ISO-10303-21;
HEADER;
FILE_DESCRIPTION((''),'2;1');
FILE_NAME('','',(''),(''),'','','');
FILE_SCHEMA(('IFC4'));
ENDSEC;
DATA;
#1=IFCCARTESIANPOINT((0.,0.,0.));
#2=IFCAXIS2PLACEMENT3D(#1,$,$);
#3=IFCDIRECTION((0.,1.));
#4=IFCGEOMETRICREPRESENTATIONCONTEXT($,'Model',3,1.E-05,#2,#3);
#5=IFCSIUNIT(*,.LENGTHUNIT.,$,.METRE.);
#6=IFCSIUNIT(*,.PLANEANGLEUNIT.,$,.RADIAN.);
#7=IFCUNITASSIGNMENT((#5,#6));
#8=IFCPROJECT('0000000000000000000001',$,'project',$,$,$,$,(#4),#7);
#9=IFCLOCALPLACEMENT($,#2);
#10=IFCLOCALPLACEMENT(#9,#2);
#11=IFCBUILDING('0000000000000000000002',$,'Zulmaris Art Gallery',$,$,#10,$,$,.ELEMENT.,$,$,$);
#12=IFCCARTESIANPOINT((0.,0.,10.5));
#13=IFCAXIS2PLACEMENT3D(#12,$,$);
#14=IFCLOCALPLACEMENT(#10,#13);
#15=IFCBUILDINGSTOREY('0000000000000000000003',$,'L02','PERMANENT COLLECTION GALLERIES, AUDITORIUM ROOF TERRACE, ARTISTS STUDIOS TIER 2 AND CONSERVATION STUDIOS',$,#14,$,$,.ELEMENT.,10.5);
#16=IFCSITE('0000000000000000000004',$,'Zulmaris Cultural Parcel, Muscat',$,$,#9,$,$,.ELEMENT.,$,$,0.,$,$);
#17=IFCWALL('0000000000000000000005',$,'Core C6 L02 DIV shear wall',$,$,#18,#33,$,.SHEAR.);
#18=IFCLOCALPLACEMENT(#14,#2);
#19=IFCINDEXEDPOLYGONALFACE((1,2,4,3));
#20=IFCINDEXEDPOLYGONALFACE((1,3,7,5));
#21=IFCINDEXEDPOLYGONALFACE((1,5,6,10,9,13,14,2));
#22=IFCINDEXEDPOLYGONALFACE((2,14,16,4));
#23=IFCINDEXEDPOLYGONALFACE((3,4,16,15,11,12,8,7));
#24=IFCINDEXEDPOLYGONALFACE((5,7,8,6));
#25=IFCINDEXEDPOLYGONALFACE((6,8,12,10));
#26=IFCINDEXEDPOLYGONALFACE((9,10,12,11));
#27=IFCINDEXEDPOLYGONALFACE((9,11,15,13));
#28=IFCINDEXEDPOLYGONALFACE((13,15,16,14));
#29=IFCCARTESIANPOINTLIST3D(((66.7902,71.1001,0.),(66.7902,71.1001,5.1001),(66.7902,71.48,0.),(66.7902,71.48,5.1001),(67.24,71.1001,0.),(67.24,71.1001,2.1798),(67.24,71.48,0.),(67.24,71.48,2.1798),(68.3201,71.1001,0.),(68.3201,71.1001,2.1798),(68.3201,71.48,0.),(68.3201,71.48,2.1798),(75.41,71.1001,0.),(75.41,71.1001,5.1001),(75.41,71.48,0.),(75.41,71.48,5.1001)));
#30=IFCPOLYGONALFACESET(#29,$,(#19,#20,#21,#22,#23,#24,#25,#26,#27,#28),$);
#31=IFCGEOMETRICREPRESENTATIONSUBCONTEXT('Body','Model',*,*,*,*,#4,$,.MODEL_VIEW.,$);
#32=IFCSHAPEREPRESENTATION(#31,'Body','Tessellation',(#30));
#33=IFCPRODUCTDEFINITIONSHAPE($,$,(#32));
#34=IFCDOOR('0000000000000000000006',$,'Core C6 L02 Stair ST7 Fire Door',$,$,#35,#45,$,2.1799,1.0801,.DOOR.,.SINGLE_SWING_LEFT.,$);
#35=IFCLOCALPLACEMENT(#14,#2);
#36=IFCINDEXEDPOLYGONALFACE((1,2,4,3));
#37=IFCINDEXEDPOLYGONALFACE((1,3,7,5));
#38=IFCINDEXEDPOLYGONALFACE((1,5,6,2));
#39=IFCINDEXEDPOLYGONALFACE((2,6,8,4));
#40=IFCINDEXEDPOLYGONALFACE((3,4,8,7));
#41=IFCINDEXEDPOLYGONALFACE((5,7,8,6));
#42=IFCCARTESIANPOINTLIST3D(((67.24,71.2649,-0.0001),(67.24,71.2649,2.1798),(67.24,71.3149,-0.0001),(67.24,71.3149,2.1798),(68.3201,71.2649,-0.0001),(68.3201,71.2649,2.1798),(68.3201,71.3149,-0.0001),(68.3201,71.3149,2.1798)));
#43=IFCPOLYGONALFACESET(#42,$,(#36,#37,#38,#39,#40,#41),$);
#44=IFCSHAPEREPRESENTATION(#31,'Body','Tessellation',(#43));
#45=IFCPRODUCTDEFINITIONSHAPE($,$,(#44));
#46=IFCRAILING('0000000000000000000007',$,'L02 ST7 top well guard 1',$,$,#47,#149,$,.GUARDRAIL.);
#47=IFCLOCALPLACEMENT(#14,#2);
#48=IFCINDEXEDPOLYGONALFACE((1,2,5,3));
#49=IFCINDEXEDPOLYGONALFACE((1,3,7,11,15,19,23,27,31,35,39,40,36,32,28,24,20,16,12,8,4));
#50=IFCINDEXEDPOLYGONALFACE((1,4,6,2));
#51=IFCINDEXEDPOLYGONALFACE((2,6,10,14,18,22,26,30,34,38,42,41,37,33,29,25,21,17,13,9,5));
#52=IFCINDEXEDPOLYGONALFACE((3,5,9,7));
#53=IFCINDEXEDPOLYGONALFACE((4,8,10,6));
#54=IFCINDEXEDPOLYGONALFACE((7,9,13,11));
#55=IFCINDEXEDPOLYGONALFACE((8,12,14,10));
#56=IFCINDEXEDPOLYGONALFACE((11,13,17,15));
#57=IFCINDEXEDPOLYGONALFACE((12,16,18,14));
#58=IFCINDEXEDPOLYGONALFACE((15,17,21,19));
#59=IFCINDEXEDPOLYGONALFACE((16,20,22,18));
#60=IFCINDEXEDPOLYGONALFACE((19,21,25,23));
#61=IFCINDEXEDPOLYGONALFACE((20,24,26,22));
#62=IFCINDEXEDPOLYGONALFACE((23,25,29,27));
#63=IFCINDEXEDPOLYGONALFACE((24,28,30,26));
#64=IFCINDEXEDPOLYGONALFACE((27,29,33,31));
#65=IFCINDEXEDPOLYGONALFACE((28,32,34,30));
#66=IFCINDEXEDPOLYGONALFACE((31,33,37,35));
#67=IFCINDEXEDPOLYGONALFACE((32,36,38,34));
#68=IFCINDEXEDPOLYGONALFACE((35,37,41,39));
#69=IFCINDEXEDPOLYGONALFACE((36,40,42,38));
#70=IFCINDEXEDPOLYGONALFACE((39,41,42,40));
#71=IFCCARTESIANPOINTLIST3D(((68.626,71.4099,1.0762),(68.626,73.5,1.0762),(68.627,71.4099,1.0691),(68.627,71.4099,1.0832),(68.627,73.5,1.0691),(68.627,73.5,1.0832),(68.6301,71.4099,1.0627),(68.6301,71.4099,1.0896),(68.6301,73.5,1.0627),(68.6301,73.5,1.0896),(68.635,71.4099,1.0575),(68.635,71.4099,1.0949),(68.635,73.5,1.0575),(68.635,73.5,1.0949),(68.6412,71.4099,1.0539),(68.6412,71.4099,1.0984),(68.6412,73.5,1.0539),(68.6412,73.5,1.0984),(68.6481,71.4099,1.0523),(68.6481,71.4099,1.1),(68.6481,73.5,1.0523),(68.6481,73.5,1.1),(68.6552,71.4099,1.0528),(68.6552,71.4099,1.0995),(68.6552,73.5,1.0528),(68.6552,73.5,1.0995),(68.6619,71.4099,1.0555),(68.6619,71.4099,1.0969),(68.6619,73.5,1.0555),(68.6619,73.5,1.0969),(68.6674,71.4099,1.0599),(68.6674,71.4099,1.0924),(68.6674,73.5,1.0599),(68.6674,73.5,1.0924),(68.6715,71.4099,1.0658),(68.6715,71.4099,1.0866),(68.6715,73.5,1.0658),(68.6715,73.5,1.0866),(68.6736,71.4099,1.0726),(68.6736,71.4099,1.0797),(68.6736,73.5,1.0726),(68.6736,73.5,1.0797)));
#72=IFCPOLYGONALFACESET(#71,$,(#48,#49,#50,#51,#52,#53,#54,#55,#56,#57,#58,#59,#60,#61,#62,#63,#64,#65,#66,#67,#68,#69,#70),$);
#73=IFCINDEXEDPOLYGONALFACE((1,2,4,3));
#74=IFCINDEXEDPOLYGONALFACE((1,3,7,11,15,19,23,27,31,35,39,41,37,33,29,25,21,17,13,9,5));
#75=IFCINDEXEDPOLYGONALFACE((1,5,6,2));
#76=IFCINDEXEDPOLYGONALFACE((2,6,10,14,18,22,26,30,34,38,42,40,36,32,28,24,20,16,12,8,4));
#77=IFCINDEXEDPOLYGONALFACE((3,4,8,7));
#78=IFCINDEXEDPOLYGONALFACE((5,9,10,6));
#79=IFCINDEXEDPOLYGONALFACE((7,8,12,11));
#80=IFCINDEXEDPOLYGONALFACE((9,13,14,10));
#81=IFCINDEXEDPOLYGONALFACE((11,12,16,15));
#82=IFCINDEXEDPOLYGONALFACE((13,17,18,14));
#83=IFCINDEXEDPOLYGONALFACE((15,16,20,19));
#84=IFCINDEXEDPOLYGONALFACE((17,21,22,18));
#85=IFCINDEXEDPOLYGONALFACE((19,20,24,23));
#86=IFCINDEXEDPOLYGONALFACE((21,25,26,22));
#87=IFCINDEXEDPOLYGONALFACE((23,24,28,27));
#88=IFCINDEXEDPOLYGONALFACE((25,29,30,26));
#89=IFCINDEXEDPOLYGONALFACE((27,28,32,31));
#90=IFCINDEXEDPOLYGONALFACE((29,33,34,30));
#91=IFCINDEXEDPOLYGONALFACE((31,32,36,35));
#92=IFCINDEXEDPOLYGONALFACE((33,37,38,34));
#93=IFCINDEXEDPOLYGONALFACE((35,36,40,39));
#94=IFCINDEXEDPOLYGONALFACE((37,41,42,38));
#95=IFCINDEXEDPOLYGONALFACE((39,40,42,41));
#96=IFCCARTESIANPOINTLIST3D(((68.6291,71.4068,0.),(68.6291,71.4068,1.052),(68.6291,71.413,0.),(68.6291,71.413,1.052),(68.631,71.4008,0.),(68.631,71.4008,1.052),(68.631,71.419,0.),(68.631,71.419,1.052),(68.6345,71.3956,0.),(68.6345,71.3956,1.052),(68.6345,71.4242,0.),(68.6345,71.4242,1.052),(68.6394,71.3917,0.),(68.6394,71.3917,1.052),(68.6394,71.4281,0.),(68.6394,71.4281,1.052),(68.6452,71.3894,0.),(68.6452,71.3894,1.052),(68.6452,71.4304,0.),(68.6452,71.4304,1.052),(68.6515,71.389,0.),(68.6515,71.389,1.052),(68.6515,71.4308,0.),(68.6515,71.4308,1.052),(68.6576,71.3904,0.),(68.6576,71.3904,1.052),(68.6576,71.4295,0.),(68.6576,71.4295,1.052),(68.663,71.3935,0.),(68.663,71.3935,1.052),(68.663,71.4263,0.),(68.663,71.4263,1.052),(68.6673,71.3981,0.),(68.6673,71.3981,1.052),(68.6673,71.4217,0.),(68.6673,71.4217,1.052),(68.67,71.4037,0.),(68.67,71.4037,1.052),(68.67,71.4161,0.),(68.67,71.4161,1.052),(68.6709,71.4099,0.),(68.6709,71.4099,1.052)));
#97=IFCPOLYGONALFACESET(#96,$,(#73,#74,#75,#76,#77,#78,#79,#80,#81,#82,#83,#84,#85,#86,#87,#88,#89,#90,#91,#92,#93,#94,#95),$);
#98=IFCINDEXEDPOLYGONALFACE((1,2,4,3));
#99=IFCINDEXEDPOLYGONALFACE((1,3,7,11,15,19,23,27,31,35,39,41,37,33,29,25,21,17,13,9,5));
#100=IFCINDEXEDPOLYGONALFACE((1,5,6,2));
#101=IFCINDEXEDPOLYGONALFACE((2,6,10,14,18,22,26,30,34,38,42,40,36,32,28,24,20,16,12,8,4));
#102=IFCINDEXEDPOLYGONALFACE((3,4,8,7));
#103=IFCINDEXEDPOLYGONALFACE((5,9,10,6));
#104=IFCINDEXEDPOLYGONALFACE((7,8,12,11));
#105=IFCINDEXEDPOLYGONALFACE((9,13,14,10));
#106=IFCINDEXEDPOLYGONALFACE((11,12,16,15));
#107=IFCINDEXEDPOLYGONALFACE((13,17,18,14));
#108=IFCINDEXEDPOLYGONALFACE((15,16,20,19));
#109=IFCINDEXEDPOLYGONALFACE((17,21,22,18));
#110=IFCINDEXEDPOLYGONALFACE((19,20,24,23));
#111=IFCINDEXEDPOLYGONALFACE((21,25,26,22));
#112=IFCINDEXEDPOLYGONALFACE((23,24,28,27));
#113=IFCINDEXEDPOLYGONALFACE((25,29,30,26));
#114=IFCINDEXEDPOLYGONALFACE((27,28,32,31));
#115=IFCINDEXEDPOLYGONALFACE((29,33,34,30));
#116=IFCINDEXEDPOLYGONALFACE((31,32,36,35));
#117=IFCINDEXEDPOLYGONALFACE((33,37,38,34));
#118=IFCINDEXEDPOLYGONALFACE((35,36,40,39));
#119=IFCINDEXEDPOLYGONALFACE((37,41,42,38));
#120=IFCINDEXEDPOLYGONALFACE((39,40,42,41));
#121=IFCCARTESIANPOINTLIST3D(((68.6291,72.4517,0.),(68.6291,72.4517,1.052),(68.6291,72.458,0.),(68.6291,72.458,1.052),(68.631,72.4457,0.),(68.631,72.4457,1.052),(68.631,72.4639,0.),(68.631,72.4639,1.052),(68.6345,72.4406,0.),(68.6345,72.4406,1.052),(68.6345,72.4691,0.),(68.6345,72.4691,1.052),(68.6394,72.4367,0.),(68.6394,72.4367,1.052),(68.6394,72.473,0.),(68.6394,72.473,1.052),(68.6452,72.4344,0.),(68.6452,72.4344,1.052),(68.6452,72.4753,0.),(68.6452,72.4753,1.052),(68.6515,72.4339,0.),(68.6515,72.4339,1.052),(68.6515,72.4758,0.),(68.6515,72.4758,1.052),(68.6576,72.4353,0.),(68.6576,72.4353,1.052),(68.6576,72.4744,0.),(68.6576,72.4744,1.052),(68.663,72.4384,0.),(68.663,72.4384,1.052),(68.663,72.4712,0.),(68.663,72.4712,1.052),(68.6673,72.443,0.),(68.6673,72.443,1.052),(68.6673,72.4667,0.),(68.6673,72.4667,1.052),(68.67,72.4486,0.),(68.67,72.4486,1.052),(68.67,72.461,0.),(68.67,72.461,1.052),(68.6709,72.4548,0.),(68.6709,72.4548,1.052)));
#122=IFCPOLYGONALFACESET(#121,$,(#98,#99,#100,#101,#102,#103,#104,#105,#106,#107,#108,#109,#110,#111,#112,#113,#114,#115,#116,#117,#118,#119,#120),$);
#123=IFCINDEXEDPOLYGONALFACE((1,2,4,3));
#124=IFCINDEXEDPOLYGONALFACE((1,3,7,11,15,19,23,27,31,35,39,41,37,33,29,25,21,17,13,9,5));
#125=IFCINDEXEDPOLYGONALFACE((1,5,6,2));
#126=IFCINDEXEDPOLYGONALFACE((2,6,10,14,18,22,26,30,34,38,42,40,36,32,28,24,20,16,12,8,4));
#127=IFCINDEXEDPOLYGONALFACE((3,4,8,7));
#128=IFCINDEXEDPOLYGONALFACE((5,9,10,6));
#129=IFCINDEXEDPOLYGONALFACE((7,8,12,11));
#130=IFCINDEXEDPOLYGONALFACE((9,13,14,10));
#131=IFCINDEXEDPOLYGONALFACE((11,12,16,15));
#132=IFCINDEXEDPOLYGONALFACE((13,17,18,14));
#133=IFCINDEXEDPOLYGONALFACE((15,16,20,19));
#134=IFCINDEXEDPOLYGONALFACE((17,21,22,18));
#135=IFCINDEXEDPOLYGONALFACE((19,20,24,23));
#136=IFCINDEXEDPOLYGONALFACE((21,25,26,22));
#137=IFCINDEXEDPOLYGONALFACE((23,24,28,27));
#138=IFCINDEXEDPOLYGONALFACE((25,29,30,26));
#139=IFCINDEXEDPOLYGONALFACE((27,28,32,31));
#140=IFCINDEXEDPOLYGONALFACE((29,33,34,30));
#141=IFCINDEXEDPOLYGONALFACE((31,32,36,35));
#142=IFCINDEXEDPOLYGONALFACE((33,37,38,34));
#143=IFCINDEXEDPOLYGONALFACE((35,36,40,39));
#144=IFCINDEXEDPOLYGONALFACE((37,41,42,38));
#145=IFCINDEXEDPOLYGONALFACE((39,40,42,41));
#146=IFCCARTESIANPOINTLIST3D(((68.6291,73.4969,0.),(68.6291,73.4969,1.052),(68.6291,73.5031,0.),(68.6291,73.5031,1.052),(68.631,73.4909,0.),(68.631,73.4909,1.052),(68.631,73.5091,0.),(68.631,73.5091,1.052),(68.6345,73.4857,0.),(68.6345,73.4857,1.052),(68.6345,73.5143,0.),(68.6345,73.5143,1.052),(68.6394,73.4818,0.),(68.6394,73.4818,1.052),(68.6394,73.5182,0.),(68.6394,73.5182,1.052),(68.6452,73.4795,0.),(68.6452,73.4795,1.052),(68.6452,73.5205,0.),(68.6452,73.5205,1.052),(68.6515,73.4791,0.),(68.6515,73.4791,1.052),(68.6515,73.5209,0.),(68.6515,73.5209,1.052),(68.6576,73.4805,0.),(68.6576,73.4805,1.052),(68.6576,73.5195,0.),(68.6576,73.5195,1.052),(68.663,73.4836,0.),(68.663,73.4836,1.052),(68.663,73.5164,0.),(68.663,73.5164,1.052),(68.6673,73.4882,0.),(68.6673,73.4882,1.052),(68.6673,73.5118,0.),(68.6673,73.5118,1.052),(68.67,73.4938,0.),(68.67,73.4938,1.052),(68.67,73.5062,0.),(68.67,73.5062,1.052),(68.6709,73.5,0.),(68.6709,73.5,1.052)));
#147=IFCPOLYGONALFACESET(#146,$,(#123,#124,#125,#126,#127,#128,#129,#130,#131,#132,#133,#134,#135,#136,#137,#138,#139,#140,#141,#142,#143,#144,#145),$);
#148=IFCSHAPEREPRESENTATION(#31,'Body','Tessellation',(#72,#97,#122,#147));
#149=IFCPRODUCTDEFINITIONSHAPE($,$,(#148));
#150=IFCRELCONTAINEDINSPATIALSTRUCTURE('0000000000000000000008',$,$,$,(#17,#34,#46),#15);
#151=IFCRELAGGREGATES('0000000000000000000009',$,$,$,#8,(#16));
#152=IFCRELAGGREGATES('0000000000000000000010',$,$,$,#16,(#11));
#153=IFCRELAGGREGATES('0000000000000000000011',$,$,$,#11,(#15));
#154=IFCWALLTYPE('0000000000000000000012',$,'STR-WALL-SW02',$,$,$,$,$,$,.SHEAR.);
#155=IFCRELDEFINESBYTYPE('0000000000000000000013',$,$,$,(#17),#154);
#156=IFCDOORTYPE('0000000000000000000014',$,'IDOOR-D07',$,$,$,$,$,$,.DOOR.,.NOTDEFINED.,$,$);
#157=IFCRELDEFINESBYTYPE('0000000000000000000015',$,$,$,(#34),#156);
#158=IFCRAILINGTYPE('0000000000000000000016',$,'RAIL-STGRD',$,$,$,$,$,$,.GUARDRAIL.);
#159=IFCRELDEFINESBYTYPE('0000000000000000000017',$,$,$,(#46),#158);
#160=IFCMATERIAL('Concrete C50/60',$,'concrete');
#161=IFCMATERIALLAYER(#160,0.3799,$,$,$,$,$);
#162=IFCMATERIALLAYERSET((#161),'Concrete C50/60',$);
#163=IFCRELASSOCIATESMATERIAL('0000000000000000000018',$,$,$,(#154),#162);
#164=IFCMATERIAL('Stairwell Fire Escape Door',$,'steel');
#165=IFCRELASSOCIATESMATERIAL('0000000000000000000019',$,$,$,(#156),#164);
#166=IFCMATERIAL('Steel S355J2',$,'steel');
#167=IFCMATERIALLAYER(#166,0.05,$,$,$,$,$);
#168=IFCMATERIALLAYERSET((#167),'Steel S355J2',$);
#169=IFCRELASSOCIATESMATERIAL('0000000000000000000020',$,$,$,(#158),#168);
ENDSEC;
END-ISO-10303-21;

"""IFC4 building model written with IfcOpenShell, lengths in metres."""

from ifc_helpers import new_model, si_unit, direction, frame, frame_2d, origin, origin_2d, place, context, subcontext, project, spatial, rectangle, circle, extrude, material, layer, layer_set, type_object, element, fill, save


model = new_model("IFC4")

# Units and contexts
model_context = context("Model", 3, precision=1e-05, world=origin(), true_north=direction((0.0, 1.0)))
body_context = subcontext(model_context, "Body", "Model", "MODEL_VIEW")
ifc_project = project(units=[si_unit("LENGTHUNIT", "METRE"), si_unit("PLANEANGLEUNIT", "RADIAN")], contexts=[model_context])

# Site, building, storey
site_placement = place(None, origin())
site = spatial("IfcSite", under=ifc_project, at=site_placement, Name="Zulmaris Cultural Parcel, Muscat", CompositionType="ELEMENT", RefElevation=0.0)
building_placement = place(site_placement, origin())
building = spatial("IfcBuilding", under=site, at=building_placement, Name="Zulmaris Art Gallery", CompositionType="ELEMENT")
storey_placement = place(building_placement, frame((0.0, 0.0, 10.5)))
storey = spatial("IfcBuildingStorey", under=building, at=storey_placement, Name="L02", Description="PERMANENT COLLECTION GALLERIES, AUDITORIUM ROOF TERRACE, ARTISTS STUDIOS TIER 2 AND CONSERVATION STUDIOS", CompositionType="ELEMENT", Elevation=10.5)

# Shared definitions
ifc_material_1 = material(Name="Steel S355J2", Category="steel")

# Shared definitions
ifc_material_2 = material(Name="Concrete C50/60", Category="concrete")
ifc_layer_1 = layer(ifc_material_2, 0.3799)
ifc_layer_set_1 = layer_set([ifc_layer_1], Name="Concrete C50/60")
wall_type = type_object("IfcWallType", Name="STR-WALL-SW02", PredefinedType="SHEAR", material=ifc_layer_set_1)

# Wall, opening, door
wall_1_placement = place(storey_placement, frame((66.79, 71.29, 0.0), z_axis=(0.0, 0.0, 1.0), x_axis=(1.0, 0.0, 0.0)))
wall_1 = element("IfcWall", 1, at=wall_1_placement, inside=storey, type_object=wall_type, Name="Core C6 L02 DIV shear wall", PredefinedType="SHEAR", context=body_context, shape_type="SweptSolid", body=[
    extrude(rectangle(XDim=8.6199, YDim=0.3799, at=frame_2d((4.3101, 0.0))), origin(), (0.0, 0.0, 1.0), 5.1001),
])
opening_1_placement = place(wall_1_placement, frame((0.45, 0.0, 0.0)))
opening_1 = element("IfcOpeningElement", 2, at=opening_1_placement, cuts=wall_1, PredefinedType="OPENING", context=body_context, shape_type="SweptSolid", body=[
    extrude(rectangle(XDim=1.0801, YDim=2.1799, at=frame_2d((0.54, 1.0898))), frame((0.0, 0.2, 0.0), z_axis=(0.0, -1.0, 0.0), x_axis=(1.0, 0.0, 0.0)), (0.0, 0.0, 1.0), 0.3999),
])
ifc_material_3 = material(Name="Stairwell Fire Escape Door", Category="steel")
door_type_1 = type_object("IfcDoorType", Name="IDOOR-D07", OperationType="NOTDEFINED", PredefinedType="DOOR", material=ifc_material_3)
door_1_placement = place(opening_1_placement, origin())
door_1 = element("IfcDoor", 3, at=door_1_placement, inside=storey, type_object=door_type_1, Name="Core C6 L02 Stair ST7 Fire Door", OperationType="SINGLE_SWING_LEFT", OverallHeight=2.1799, OverallWidth=1.0801, PredefinedType="DOOR", context=body_context, shape_type="SweptSolid", body=[
    extrude(rectangle(XDim=1.0801, YDim=2.1799, at=frame_2d((0.54, 1.0898))), frame((0.0, 0.0249, 0.0), z_axis=(0.0, -1.0, 0.0), x_axis=(1.0, 0.0, 0.0)), (0.0, 0.0, 1.0), 0.05),
])
fill(opening_1, door_1)

# Railing
ifc_layer_2 = layer(ifc_material_1, 0.05)
ifc_layer_set_2 = layer_set([ifc_layer_2], Name="Steel S355J2")
railing_type = type_object("IfcRailingType", Name="RAIL-STGRD", PredefinedType="GUARDRAIL", material=ifc_layer_set_2)
railing_placement = place(storey_placement, frame((68.6499, 71.4099, 0.0)))
element("IfcRailing", 4, at=railing_placement, inside=storey, type_object=railing_type, Name="L02 ST7 top well guard 1", PredefinedType="GUARDRAIL", context=body_context, shape_type="SweptSolid", body=[
    extrude(circle(Radius=0.0239, at=origin_2d()), frame((0.0, 0.0, 1.0762), z_axis=(0.0, 1.0, 0.0), x_axis=(-1.0, 0.0, 0.0)), (0.0, 0.0, 1.0), 2.0901),
    extrude(circle(Radius=0.021, at=origin_2d()), origin(), (0.0, 0.0, 1.0), 1.052),
    extrude(circle(Radius=0.021, at=origin_2d()), frame((0.0, 1.0449, 0.0)), (0.0, 0.0, 1.0), 1.052),
    extrude(circle(Radius=0.021, at=origin_2d()), frame((0.0, 2.0901, 0.0)), (0.0, 0.0, 1.0), 1.052),
])

save(model, "model.ifc")
